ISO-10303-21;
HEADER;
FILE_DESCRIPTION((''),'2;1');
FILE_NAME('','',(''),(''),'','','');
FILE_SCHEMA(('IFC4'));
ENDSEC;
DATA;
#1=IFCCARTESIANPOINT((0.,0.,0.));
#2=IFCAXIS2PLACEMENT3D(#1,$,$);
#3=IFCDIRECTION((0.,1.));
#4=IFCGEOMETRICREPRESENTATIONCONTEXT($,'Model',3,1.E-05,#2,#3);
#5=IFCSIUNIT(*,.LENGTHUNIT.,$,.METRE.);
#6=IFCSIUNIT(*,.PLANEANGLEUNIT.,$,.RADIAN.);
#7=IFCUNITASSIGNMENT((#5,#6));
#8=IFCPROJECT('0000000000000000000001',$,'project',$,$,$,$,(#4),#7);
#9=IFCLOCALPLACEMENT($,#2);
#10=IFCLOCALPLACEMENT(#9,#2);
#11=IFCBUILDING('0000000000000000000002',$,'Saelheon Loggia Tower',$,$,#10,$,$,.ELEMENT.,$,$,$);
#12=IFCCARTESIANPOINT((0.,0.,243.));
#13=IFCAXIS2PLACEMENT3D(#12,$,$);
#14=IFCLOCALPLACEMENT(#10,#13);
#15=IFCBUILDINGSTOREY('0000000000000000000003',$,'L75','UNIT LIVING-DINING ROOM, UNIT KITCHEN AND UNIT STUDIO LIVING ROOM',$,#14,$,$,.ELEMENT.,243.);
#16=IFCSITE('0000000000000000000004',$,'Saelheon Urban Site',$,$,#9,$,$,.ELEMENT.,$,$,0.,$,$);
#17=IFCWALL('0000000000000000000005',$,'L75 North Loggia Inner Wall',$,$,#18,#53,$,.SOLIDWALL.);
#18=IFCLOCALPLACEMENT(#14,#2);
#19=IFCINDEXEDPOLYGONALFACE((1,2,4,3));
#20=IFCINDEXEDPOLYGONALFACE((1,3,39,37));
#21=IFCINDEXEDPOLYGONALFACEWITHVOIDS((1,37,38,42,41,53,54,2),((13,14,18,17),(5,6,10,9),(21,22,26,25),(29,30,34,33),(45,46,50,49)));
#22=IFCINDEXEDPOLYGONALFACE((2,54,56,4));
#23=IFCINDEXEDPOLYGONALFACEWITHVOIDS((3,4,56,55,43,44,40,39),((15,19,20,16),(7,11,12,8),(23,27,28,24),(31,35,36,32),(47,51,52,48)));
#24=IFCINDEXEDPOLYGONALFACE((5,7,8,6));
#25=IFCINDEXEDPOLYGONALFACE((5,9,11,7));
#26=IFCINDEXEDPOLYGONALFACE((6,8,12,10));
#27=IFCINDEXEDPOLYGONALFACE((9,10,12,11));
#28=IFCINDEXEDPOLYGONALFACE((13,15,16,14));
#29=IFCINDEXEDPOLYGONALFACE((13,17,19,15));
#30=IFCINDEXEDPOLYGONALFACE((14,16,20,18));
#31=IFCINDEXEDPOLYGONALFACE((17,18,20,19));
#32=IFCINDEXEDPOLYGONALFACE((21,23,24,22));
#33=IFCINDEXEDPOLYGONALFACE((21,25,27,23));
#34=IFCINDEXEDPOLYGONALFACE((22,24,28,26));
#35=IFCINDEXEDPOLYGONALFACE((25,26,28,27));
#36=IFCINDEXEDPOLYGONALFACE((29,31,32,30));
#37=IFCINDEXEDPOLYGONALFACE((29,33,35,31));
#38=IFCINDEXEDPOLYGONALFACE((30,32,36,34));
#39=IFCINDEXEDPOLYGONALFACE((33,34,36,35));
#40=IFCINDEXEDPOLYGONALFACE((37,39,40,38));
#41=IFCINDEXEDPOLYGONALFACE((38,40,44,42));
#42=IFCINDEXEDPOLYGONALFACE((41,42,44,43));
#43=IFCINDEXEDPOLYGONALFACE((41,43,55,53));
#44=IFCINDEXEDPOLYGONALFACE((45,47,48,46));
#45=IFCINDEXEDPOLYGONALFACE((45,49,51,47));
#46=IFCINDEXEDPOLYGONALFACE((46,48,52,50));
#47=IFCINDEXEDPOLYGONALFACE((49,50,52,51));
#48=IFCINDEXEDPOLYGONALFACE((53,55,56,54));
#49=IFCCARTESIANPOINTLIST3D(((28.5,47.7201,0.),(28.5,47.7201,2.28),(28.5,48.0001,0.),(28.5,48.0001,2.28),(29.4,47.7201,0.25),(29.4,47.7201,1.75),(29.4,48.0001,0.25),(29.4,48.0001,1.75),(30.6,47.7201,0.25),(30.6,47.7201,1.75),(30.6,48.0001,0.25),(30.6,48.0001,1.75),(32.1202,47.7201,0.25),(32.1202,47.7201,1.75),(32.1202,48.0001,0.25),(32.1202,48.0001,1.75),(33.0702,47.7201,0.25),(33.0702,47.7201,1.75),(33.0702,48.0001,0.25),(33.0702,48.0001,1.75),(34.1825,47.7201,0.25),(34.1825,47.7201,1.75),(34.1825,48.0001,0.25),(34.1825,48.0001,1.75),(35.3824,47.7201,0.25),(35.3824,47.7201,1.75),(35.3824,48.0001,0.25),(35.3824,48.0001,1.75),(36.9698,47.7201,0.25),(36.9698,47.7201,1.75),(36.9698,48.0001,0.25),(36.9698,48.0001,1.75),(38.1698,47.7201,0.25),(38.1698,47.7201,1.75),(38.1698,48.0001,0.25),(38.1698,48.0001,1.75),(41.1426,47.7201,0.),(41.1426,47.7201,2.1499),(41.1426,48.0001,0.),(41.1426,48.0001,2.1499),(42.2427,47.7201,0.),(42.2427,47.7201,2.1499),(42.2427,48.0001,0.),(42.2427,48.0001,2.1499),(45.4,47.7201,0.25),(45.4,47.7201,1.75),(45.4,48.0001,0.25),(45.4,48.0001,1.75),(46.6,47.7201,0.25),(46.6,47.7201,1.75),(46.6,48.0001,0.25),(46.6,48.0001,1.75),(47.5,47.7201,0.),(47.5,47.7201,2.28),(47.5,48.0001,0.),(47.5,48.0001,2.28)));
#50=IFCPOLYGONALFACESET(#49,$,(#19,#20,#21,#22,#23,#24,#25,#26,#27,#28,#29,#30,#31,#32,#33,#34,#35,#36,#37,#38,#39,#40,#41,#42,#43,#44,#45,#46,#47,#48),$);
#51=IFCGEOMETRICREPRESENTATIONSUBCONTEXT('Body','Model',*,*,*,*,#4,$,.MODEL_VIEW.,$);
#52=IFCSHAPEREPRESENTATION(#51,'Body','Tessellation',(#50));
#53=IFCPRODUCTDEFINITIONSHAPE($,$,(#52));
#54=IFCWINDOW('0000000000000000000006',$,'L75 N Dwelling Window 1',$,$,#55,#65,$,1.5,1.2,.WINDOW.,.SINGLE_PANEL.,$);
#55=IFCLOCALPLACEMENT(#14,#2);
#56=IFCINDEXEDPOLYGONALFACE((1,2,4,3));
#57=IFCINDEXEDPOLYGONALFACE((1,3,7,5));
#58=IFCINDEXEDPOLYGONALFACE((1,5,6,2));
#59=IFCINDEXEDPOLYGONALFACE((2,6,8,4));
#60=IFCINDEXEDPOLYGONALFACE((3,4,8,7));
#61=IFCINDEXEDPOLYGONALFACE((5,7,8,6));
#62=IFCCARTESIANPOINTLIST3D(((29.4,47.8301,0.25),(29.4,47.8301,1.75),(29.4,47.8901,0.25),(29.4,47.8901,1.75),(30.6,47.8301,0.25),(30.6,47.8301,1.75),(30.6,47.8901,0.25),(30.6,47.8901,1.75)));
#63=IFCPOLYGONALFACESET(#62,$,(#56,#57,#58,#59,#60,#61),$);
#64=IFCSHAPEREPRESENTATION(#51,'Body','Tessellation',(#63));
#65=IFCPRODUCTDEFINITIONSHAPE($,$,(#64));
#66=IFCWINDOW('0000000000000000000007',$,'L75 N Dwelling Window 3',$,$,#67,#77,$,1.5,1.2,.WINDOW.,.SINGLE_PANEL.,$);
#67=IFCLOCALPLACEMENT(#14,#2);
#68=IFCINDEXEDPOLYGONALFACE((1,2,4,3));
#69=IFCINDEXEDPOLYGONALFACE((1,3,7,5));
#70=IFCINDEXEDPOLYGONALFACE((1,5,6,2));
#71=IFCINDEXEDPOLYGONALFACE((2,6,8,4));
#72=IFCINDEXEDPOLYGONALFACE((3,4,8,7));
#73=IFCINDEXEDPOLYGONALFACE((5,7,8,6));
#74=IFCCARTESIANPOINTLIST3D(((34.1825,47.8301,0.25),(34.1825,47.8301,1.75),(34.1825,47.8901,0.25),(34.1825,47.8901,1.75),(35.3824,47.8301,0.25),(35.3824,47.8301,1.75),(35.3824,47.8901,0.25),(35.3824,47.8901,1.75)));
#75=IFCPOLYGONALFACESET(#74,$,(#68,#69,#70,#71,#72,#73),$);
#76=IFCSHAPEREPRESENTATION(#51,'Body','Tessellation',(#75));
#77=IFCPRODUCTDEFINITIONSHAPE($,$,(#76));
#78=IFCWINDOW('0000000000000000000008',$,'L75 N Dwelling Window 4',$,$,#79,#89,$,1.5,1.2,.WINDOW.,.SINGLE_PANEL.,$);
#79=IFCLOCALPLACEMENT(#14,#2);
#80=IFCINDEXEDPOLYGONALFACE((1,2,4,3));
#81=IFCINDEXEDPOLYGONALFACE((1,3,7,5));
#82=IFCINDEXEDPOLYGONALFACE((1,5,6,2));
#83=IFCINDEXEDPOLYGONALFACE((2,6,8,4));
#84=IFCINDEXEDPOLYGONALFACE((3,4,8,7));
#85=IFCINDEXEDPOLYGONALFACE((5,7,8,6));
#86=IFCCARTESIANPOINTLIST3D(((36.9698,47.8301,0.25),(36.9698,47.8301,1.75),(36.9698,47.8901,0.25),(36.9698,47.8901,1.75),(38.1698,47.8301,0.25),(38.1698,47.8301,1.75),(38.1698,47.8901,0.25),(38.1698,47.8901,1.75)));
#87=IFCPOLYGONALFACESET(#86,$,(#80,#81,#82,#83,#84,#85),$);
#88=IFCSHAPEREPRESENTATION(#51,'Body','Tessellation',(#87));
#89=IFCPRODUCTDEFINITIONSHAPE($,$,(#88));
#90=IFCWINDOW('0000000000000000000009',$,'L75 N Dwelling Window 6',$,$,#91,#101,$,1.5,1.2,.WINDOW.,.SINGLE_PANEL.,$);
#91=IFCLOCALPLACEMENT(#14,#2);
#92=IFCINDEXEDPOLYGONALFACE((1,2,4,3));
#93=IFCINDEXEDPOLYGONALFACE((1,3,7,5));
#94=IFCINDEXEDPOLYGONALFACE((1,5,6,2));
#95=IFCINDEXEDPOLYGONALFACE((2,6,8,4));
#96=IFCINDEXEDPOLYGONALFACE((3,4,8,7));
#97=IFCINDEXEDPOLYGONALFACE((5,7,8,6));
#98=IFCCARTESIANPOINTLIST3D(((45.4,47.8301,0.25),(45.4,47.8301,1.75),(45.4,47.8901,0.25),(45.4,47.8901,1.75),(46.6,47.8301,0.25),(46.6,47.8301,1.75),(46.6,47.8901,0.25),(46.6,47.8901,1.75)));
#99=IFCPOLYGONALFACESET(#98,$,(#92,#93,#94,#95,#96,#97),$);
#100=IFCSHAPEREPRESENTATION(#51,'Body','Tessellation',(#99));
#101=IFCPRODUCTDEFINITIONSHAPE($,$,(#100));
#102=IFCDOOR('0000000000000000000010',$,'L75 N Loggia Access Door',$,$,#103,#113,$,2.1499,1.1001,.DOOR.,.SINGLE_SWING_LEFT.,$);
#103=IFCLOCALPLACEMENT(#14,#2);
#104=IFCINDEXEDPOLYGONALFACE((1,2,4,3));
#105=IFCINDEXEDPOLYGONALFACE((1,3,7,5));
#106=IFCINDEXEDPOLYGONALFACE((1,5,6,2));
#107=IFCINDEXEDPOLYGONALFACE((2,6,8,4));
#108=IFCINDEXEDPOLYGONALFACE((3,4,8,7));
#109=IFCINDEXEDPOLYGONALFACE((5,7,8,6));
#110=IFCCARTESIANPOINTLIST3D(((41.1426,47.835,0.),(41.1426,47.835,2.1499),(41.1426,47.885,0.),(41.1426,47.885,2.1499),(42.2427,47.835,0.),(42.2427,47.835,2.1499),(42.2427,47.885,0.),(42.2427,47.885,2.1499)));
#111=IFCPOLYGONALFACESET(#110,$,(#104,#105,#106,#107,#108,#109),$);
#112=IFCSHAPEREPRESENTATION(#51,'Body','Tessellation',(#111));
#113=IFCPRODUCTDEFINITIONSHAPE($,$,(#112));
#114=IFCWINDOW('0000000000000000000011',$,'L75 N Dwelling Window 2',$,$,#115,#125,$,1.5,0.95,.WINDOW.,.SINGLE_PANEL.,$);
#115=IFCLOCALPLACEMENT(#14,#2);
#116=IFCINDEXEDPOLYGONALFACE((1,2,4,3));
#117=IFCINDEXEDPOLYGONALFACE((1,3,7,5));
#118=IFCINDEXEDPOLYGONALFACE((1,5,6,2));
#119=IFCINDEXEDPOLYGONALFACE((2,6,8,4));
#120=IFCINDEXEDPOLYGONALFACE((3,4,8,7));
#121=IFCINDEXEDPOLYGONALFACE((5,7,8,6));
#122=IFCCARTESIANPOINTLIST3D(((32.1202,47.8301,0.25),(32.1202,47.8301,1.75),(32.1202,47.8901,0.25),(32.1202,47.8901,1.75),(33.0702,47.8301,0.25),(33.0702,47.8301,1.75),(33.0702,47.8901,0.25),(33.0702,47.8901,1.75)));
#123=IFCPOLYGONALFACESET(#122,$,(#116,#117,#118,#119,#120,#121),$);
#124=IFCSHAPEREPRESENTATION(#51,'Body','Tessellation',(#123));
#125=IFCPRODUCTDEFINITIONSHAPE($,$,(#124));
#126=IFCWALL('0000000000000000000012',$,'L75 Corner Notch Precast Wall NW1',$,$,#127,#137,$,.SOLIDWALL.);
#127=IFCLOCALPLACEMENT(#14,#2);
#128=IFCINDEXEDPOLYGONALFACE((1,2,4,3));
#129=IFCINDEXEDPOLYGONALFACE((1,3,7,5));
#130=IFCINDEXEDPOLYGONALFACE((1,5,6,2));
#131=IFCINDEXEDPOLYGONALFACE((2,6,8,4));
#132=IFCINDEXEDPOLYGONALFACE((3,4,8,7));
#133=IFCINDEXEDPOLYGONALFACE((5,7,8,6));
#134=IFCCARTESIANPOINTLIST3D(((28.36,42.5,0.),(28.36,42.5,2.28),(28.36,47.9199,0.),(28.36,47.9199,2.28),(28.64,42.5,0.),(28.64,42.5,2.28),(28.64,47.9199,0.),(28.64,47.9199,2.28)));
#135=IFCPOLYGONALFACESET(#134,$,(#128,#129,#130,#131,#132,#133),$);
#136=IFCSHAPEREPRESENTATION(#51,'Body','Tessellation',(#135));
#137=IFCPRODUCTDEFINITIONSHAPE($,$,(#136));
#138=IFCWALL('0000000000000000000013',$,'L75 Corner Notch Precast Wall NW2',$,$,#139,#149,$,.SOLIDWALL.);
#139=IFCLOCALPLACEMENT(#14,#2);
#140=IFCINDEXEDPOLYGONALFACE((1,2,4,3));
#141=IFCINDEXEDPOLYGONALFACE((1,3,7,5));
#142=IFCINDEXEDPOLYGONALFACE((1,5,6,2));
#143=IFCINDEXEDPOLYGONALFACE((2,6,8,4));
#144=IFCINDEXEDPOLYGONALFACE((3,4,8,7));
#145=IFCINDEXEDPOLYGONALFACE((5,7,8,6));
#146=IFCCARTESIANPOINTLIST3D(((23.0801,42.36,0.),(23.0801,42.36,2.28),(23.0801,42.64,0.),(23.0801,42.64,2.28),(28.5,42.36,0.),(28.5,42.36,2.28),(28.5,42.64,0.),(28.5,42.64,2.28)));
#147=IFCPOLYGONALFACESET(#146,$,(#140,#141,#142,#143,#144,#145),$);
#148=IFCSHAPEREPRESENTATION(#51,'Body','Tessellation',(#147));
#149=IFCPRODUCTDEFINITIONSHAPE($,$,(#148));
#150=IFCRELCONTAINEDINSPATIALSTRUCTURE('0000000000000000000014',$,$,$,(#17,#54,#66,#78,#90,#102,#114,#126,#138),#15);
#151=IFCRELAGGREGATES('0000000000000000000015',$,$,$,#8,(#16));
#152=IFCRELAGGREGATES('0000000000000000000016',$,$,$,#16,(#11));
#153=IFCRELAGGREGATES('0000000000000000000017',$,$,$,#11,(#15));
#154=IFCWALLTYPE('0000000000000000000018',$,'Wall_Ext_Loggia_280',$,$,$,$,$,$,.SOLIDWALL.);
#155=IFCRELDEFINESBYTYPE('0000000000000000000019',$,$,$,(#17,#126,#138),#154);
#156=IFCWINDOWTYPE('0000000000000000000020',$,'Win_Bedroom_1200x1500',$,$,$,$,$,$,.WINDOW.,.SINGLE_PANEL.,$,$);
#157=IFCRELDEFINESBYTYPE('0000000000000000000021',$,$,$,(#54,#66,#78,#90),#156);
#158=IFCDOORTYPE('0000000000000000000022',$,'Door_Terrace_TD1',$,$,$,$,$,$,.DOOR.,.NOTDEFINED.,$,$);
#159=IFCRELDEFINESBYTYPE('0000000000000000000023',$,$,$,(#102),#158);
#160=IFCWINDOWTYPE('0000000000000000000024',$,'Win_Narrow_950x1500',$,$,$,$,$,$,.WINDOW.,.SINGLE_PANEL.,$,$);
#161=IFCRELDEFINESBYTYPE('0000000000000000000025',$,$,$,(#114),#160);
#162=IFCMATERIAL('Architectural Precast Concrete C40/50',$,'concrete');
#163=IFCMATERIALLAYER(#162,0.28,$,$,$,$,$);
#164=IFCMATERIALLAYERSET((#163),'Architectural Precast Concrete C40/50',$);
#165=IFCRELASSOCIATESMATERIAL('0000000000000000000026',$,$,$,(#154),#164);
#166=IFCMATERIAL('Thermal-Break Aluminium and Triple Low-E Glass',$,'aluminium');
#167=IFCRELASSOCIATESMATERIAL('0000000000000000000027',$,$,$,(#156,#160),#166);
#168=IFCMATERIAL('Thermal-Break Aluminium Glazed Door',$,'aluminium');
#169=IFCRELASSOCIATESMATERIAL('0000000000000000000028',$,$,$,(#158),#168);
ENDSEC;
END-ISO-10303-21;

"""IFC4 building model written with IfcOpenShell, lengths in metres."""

from ifc_helpers import new_model, si_unit, direction, frame, frame_2d, origin, place, context, subcontext, project, spatial, rectangle, extrude, source, transform, mapped, material, layer, layer_set, type_object, element, fill, save


model = new_model("IFC4")

# Units and contexts
model_context = context("Model", 3, precision=1e-05, world=origin(), true_north=direction((0.0, 1.0)))
body_context = subcontext(model_context, "Body", "Model", "MODEL_VIEW")
ifc_project = project(units=[si_unit("LENGTHUNIT", "METRE"), si_unit("PLANEANGLEUNIT", "RADIAN")], contexts=[model_context])

# Site, building, storey
site_placement = place(None, origin())
site = spatial("IfcSite", under=ifc_project, at=site_placement, Name="Saelheon Urban Site", CompositionType="ELEMENT", RefElevation=0.0)
building_placement = place(site_placement, origin())
building = spatial("IfcBuilding", under=site, at=building_placement, Name="Saelheon Loggia Tower", CompositionType="ELEMENT")
storey_placement = place(building_placement, frame((0.0, 0.0, 243.0)))
storey = spatial("IfcBuildingStorey", under=building, at=storey_placement, Name="L75", Description="UNIT LIVING-DINING ROOM, UNIT KITCHEN AND UNIT STUDIO LIVING ROOM", CompositionType="ELEMENT", Elevation=243.0)

# Wall, openings, windows, door
ifc_material_1 = material(Name="Architectural Precast Concrete C40/50", Category="concrete")
ifc_layer_1 = layer(ifc_material_1, 0.28)
ifc_layer_set_1 = layer_set([ifc_layer_1], Name="Architectural Precast Concrete C40/50")
wall_type_1 = type_object("IfcWallType", Name="Wall_Ext_Loggia_280", PredefinedType="SOLIDWALL", material=ifc_layer_set_1)
wall_1_placement = place(storey_placement, frame((28.5, 47.8601, 0.0), z_axis=(0.0, 0.0, 1.0), x_axis=(1.0, 0.0, 0.0)))
wall_1 = element("IfcWall", 1, at=wall_1_placement, inside=storey, type_object=wall_type_1, Name="L75 North Loggia Inner Wall", PredefinedType="SOLIDWALL", context=body_context, shape_type="SweptSolid", body=[
    extrude(rectangle(XDim=19.0, YDim=0.28, at=frame_2d((9.5, 0.0))), origin(), (0.0, 0.0, 1.0), 2.28),
])
opening_1_placement = place(wall_1_placement, frame((0.8999, 0.0, 0.25)))
opening_1 = element("IfcOpeningElement", 2, at=opening_1_placement, cuts=wall_1, PredefinedType="OPENING", context=body_context, shape_type="SweptSolid", body=[
    extrude(rectangle(XDim=1.2, YDim=1.5, at=frame_2d((0.6001, 0.75))), frame((0.0, 0.1521, 0.0), z_axis=(0.0, -1.0, 0.0), x_axis=(1.0, 0.0, 0.0)), (0.0, 0.0, 1.0), 0.304),
])
opening_2_placement = place(wall_1_placement, frame((3.6201, 0.0, 0.25)))
opening_2 = element("IfcOpeningElement", 3, at=opening_2_placement, cuts=wall_1, PredefinedType="OPENING", context=body_context, shape_type="SweptSolid", body=[
    extrude(rectangle(XDim=0.95, YDim=1.5, at=frame_2d((0.4751, 0.75))), frame((0.0, 0.1521, 0.0), z_axis=(0.0, -1.0, 0.0), x_axis=(1.0, 0.0, 0.0)), (0.0, 0.0, 1.0), 0.304),
])
opening_3_placement = place(wall_1_placement, frame((5.6824, 0.0, 0.25)))
opening_3 = element("IfcOpeningElement", 4, at=opening_3_placement, cuts=wall_1, PredefinedType="OPENING", context=body_context, shape_type="SweptSolid", body=[
    extrude(rectangle(XDim=1.2, YDim=1.5, at=frame_2d((0.6001, 0.75))), frame((0.0, 0.1521, 0.0), z_axis=(0.0, -1.0, 0.0), x_axis=(1.0, 0.0, 0.0)), (0.0, 0.0, 1.0), 0.304),
])
opening_4_placement = place(wall_1_placement, frame((8.4697, 0.0, 0.25)))
opening_4 = element("IfcOpeningElement", 5, at=opening_4_placement, cuts=wall_1, PredefinedType="OPENING", context=body_context, shape_type="SweptSolid", body=[
    extrude(rectangle(XDim=1.2, YDim=1.5, at=frame_2d((0.6001, 0.75))), frame((0.0, 0.1521, 0.0), z_axis=(0.0, -1.0, 0.0), x_axis=(1.0, 0.0, 0.0)), (0.0, 0.0, 1.0), 0.304),
])
opening_5_placement = place(wall_1_placement, frame((12.6426, 0.0, 0.0)))
opening_5 = element("IfcOpeningElement", 6, at=opening_5_placement, cuts=wall_1, PredefinedType="OPENING", context=body_context, shape_type="SweptSolid", body=[
    extrude(rectangle(XDim=1.1001, YDim=2.1499, at=frame_2d((0.55, 1.075))), frame((0.0, 0.1521, 0.0), z_axis=(0.0, -1.0, 0.0), x_axis=(1.0, 0.0, 0.0)), (0.0, 0.0, 1.0), 0.304),
])
opening_6_placement = place(wall_1_placement, frame((16.8999, 0.0, 0.25)))
opening_6 = element("IfcOpeningElement", 7, at=opening_6_placement, cuts=wall_1, PredefinedType="OPENING", context=body_context, shape_type="SweptSolid", body=[
    extrude(rectangle(XDim=1.2, YDim=1.5, at=frame_2d((0.6001, 0.75))), frame((0.0, 0.1521, 0.0), z_axis=(0.0, -1.0, 0.0), x_axis=(1.0, 0.0, 0.0)), (0.0, 0.0, 1.0), 0.304),
])
ifc_material_2 = material(Name="Thermal-Break Aluminium and Triple Low-E Glass", Category="aluminium")
window_type_1 = type_object("IfcWindowType", Name="Win_Bedroom_1200x1500", PartitioningType="SINGLE_PANEL", PredefinedType="WINDOW", material=ifc_material_2)
shared_shape_1 = source(origin(), body_context, "Body", "SweptSolid", [
    extrude(rectangle(XDim=1.2, YDim=1.5, at=frame_2d((0.6001, 0.75))), frame((0.0, 0.03, 0.0), z_axis=(0.0, -1.0, 0.0), x_axis=(1.0, 0.0, 0.0)), (0.0, 0.0, 1.0), 0.0601),
])
window_1_placement = place(opening_1_placement, origin())
window_1 = element("IfcWindow", 8, at=window_1_placement, inside=storey, type_object=window_type_1, Name="L75 N Dwelling Window 1", OverallHeight=1.5, OverallWidth=1.2, PartitioningType="SINGLE_PANEL", PredefinedType="WINDOW", context=body_context, shape_type="MappedRepresentation", body=[
    mapped(shared_shape_1, transform((0.0, 0.0, 0.0), scale=1.0)),
])
fill(opening_1, window_1)
window_2_placement = place(opening_3_placement, origin())
window_2 = element("IfcWindow", 9, at=window_2_placement, inside=storey, type_object=window_type_1, Name="L75 N Dwelling Window 3", OverallHeight=1.5, OverallWidth=1.2, PartitioningType="SINGLE_PANEL", PredefinedType="WINDOW", context=body_context, shape_type="MappedRepresentation", body=[
    mapped(shared_shape_1, transform((0.0, 0.0, 0.0), scale=1.0)),
])
fill(opening_3, window_2)
window_3_placement = place(opening_4_placement, origin())
window_3 = element("IfcWindow", 10, at=window_3_placement, inside=storey, type_object=window_type_1, Name="L75 N Dwelling Window 4", OverallHeight=1.5, OverallWidth=1.2, PartitioningType="SINGLE_PANEL", PredefinedType="WINDOW", context=body_context, shape_type="MappedRepresentation", body=[
    mapped(shared_shape_1, transform((0.0, 0.0, 0.0), scale=1.0)),
])
fill(opening_4, window_3)
window_4_placement = place(opening_6_placement, origin())
window_4 = element("IfcWindow", 11, at=window_4_placement, inside=storey, type_object=window_type_1, Name="L75 N Dwelling Window 6", OverallHeight=1.5, OverallWidth=1.2, PartitioningType="SINGLE_PANEL", PredefinedType="WINDOW", context=body_context, shape_type="MappedRepresentation", body=[
    mapped(shared_shape_1, transform((0.0, 0.0, 0.0), scale=1.0)),
])
fill(opening_6, window_4)
ifc_material_3 = material(Name="Thermal-Break Aluminium Glazed Door", Category="aluminium")
door_type_1 = type_object("IfcDoorType", Name="Door_Terrace_TD1", OperationType="NOTDEFINED", PredefinedType="DOOR", material=ifc_material_3)
shared_shape_2 = source(origin(), body_context, "Body", "SweptSolid", [
    extrude(rectangle(XDim=1.1001, YDim=2.1499, at=frame_2d((0.55, 1.075))), frame((0.0, 0.0249, 0.0), z_axis=(0.0, -1.0, 0.0), x_axis=(1.0, 0.0, 0.0)), (0.0, 0.0, 1.0), 0.05),
])
door_1_placement = place(opening_5_placement, origin())
door_1 = element("IfcDoor", 12, at=door_1_placement, inside=storey, type_object=door_type_1, Name="L75 N Loggia Access Door", OperationType="SINGLE_SWING_LEFT", OverallHeight=2.1499, OverallWidth=1.1001, PredefinedType="DOOR", context=body_context, shape_type="MappedRepresentation", body=[
    mapped(shared_shape_2, transform((0.0, 0.0, 0.0), scale=1.0)),
])
fill(opening_5, door_1)
window_type_2 = type_object("IfcWindowType", Name="Win_Narrow_950x1500", PartitioningType="SINGLE_PANEL", PredefinedType="WINDOW", material=ifc_material_2)
shared_shape_3 = source(origin(), body_context, "Body", "SweptSolid", [
    extrude(rectangle(XDim=0.95, YDim=1.5, at=frame_2d((0.4751, 0.75))), frame((0.0, 0.03, 0.0), z_axis=(0.0, -1.0, 0.0), x_axis=(1.0, 0.0, 0.0)), (0.0, 0.0, 1.0), 0.0601),
])
window_5_placement = place(opening_2_placement, origin())
window_5 = element("IfcWindow", 13, at=window_5_placement, inside=storey, type_object=window_type_2, Name="L75 N Dwelling Window 2", OverallHeight=1.5, OverallWidth=0.95, PartitioningType="SINGLE_PANEL", PredefinedType="WINDOW", context=body_context, shape_type="MappedRepresentation", body=[
    mapped(shared_shape_3, transform((0.0, 0.0, 0.0), scale=1.0)),
])
fill(opening_2, window_5)

# Walls
for number, where, z_axis, x_axis, name in (
    (14, (28.5, 42.5, 0.0), (0.0, 0.0, 1.0), (0.0, 1.0, 0.0), "L75 Corner Notch Precast Wall NW1"),
    (15, (23.0801, 42.5, 0.0), (0.0, 0.0, 1.0), (1.0, 0.0, 0.0), "L75 Corner Notch Precast Wall NW2"),
):
    element("IfcWall", number, at=place(storey_placement, frame(where, z_axis=z_axis, x_axis=x_axis)), inside=storey, type_object=wall_type_1, Name=name, PredefinedType="SOLIDWALL", context=body_context, shape_type="SweptSolid", body=[
        extrude(rectangle(XDim=5.4199, YDim=0.28, at=frame_2d((2.71, 0.0))), origin(), (0.0, 0.0, 1.0), 2.28),
    ])

save(model, "model.ifc")
